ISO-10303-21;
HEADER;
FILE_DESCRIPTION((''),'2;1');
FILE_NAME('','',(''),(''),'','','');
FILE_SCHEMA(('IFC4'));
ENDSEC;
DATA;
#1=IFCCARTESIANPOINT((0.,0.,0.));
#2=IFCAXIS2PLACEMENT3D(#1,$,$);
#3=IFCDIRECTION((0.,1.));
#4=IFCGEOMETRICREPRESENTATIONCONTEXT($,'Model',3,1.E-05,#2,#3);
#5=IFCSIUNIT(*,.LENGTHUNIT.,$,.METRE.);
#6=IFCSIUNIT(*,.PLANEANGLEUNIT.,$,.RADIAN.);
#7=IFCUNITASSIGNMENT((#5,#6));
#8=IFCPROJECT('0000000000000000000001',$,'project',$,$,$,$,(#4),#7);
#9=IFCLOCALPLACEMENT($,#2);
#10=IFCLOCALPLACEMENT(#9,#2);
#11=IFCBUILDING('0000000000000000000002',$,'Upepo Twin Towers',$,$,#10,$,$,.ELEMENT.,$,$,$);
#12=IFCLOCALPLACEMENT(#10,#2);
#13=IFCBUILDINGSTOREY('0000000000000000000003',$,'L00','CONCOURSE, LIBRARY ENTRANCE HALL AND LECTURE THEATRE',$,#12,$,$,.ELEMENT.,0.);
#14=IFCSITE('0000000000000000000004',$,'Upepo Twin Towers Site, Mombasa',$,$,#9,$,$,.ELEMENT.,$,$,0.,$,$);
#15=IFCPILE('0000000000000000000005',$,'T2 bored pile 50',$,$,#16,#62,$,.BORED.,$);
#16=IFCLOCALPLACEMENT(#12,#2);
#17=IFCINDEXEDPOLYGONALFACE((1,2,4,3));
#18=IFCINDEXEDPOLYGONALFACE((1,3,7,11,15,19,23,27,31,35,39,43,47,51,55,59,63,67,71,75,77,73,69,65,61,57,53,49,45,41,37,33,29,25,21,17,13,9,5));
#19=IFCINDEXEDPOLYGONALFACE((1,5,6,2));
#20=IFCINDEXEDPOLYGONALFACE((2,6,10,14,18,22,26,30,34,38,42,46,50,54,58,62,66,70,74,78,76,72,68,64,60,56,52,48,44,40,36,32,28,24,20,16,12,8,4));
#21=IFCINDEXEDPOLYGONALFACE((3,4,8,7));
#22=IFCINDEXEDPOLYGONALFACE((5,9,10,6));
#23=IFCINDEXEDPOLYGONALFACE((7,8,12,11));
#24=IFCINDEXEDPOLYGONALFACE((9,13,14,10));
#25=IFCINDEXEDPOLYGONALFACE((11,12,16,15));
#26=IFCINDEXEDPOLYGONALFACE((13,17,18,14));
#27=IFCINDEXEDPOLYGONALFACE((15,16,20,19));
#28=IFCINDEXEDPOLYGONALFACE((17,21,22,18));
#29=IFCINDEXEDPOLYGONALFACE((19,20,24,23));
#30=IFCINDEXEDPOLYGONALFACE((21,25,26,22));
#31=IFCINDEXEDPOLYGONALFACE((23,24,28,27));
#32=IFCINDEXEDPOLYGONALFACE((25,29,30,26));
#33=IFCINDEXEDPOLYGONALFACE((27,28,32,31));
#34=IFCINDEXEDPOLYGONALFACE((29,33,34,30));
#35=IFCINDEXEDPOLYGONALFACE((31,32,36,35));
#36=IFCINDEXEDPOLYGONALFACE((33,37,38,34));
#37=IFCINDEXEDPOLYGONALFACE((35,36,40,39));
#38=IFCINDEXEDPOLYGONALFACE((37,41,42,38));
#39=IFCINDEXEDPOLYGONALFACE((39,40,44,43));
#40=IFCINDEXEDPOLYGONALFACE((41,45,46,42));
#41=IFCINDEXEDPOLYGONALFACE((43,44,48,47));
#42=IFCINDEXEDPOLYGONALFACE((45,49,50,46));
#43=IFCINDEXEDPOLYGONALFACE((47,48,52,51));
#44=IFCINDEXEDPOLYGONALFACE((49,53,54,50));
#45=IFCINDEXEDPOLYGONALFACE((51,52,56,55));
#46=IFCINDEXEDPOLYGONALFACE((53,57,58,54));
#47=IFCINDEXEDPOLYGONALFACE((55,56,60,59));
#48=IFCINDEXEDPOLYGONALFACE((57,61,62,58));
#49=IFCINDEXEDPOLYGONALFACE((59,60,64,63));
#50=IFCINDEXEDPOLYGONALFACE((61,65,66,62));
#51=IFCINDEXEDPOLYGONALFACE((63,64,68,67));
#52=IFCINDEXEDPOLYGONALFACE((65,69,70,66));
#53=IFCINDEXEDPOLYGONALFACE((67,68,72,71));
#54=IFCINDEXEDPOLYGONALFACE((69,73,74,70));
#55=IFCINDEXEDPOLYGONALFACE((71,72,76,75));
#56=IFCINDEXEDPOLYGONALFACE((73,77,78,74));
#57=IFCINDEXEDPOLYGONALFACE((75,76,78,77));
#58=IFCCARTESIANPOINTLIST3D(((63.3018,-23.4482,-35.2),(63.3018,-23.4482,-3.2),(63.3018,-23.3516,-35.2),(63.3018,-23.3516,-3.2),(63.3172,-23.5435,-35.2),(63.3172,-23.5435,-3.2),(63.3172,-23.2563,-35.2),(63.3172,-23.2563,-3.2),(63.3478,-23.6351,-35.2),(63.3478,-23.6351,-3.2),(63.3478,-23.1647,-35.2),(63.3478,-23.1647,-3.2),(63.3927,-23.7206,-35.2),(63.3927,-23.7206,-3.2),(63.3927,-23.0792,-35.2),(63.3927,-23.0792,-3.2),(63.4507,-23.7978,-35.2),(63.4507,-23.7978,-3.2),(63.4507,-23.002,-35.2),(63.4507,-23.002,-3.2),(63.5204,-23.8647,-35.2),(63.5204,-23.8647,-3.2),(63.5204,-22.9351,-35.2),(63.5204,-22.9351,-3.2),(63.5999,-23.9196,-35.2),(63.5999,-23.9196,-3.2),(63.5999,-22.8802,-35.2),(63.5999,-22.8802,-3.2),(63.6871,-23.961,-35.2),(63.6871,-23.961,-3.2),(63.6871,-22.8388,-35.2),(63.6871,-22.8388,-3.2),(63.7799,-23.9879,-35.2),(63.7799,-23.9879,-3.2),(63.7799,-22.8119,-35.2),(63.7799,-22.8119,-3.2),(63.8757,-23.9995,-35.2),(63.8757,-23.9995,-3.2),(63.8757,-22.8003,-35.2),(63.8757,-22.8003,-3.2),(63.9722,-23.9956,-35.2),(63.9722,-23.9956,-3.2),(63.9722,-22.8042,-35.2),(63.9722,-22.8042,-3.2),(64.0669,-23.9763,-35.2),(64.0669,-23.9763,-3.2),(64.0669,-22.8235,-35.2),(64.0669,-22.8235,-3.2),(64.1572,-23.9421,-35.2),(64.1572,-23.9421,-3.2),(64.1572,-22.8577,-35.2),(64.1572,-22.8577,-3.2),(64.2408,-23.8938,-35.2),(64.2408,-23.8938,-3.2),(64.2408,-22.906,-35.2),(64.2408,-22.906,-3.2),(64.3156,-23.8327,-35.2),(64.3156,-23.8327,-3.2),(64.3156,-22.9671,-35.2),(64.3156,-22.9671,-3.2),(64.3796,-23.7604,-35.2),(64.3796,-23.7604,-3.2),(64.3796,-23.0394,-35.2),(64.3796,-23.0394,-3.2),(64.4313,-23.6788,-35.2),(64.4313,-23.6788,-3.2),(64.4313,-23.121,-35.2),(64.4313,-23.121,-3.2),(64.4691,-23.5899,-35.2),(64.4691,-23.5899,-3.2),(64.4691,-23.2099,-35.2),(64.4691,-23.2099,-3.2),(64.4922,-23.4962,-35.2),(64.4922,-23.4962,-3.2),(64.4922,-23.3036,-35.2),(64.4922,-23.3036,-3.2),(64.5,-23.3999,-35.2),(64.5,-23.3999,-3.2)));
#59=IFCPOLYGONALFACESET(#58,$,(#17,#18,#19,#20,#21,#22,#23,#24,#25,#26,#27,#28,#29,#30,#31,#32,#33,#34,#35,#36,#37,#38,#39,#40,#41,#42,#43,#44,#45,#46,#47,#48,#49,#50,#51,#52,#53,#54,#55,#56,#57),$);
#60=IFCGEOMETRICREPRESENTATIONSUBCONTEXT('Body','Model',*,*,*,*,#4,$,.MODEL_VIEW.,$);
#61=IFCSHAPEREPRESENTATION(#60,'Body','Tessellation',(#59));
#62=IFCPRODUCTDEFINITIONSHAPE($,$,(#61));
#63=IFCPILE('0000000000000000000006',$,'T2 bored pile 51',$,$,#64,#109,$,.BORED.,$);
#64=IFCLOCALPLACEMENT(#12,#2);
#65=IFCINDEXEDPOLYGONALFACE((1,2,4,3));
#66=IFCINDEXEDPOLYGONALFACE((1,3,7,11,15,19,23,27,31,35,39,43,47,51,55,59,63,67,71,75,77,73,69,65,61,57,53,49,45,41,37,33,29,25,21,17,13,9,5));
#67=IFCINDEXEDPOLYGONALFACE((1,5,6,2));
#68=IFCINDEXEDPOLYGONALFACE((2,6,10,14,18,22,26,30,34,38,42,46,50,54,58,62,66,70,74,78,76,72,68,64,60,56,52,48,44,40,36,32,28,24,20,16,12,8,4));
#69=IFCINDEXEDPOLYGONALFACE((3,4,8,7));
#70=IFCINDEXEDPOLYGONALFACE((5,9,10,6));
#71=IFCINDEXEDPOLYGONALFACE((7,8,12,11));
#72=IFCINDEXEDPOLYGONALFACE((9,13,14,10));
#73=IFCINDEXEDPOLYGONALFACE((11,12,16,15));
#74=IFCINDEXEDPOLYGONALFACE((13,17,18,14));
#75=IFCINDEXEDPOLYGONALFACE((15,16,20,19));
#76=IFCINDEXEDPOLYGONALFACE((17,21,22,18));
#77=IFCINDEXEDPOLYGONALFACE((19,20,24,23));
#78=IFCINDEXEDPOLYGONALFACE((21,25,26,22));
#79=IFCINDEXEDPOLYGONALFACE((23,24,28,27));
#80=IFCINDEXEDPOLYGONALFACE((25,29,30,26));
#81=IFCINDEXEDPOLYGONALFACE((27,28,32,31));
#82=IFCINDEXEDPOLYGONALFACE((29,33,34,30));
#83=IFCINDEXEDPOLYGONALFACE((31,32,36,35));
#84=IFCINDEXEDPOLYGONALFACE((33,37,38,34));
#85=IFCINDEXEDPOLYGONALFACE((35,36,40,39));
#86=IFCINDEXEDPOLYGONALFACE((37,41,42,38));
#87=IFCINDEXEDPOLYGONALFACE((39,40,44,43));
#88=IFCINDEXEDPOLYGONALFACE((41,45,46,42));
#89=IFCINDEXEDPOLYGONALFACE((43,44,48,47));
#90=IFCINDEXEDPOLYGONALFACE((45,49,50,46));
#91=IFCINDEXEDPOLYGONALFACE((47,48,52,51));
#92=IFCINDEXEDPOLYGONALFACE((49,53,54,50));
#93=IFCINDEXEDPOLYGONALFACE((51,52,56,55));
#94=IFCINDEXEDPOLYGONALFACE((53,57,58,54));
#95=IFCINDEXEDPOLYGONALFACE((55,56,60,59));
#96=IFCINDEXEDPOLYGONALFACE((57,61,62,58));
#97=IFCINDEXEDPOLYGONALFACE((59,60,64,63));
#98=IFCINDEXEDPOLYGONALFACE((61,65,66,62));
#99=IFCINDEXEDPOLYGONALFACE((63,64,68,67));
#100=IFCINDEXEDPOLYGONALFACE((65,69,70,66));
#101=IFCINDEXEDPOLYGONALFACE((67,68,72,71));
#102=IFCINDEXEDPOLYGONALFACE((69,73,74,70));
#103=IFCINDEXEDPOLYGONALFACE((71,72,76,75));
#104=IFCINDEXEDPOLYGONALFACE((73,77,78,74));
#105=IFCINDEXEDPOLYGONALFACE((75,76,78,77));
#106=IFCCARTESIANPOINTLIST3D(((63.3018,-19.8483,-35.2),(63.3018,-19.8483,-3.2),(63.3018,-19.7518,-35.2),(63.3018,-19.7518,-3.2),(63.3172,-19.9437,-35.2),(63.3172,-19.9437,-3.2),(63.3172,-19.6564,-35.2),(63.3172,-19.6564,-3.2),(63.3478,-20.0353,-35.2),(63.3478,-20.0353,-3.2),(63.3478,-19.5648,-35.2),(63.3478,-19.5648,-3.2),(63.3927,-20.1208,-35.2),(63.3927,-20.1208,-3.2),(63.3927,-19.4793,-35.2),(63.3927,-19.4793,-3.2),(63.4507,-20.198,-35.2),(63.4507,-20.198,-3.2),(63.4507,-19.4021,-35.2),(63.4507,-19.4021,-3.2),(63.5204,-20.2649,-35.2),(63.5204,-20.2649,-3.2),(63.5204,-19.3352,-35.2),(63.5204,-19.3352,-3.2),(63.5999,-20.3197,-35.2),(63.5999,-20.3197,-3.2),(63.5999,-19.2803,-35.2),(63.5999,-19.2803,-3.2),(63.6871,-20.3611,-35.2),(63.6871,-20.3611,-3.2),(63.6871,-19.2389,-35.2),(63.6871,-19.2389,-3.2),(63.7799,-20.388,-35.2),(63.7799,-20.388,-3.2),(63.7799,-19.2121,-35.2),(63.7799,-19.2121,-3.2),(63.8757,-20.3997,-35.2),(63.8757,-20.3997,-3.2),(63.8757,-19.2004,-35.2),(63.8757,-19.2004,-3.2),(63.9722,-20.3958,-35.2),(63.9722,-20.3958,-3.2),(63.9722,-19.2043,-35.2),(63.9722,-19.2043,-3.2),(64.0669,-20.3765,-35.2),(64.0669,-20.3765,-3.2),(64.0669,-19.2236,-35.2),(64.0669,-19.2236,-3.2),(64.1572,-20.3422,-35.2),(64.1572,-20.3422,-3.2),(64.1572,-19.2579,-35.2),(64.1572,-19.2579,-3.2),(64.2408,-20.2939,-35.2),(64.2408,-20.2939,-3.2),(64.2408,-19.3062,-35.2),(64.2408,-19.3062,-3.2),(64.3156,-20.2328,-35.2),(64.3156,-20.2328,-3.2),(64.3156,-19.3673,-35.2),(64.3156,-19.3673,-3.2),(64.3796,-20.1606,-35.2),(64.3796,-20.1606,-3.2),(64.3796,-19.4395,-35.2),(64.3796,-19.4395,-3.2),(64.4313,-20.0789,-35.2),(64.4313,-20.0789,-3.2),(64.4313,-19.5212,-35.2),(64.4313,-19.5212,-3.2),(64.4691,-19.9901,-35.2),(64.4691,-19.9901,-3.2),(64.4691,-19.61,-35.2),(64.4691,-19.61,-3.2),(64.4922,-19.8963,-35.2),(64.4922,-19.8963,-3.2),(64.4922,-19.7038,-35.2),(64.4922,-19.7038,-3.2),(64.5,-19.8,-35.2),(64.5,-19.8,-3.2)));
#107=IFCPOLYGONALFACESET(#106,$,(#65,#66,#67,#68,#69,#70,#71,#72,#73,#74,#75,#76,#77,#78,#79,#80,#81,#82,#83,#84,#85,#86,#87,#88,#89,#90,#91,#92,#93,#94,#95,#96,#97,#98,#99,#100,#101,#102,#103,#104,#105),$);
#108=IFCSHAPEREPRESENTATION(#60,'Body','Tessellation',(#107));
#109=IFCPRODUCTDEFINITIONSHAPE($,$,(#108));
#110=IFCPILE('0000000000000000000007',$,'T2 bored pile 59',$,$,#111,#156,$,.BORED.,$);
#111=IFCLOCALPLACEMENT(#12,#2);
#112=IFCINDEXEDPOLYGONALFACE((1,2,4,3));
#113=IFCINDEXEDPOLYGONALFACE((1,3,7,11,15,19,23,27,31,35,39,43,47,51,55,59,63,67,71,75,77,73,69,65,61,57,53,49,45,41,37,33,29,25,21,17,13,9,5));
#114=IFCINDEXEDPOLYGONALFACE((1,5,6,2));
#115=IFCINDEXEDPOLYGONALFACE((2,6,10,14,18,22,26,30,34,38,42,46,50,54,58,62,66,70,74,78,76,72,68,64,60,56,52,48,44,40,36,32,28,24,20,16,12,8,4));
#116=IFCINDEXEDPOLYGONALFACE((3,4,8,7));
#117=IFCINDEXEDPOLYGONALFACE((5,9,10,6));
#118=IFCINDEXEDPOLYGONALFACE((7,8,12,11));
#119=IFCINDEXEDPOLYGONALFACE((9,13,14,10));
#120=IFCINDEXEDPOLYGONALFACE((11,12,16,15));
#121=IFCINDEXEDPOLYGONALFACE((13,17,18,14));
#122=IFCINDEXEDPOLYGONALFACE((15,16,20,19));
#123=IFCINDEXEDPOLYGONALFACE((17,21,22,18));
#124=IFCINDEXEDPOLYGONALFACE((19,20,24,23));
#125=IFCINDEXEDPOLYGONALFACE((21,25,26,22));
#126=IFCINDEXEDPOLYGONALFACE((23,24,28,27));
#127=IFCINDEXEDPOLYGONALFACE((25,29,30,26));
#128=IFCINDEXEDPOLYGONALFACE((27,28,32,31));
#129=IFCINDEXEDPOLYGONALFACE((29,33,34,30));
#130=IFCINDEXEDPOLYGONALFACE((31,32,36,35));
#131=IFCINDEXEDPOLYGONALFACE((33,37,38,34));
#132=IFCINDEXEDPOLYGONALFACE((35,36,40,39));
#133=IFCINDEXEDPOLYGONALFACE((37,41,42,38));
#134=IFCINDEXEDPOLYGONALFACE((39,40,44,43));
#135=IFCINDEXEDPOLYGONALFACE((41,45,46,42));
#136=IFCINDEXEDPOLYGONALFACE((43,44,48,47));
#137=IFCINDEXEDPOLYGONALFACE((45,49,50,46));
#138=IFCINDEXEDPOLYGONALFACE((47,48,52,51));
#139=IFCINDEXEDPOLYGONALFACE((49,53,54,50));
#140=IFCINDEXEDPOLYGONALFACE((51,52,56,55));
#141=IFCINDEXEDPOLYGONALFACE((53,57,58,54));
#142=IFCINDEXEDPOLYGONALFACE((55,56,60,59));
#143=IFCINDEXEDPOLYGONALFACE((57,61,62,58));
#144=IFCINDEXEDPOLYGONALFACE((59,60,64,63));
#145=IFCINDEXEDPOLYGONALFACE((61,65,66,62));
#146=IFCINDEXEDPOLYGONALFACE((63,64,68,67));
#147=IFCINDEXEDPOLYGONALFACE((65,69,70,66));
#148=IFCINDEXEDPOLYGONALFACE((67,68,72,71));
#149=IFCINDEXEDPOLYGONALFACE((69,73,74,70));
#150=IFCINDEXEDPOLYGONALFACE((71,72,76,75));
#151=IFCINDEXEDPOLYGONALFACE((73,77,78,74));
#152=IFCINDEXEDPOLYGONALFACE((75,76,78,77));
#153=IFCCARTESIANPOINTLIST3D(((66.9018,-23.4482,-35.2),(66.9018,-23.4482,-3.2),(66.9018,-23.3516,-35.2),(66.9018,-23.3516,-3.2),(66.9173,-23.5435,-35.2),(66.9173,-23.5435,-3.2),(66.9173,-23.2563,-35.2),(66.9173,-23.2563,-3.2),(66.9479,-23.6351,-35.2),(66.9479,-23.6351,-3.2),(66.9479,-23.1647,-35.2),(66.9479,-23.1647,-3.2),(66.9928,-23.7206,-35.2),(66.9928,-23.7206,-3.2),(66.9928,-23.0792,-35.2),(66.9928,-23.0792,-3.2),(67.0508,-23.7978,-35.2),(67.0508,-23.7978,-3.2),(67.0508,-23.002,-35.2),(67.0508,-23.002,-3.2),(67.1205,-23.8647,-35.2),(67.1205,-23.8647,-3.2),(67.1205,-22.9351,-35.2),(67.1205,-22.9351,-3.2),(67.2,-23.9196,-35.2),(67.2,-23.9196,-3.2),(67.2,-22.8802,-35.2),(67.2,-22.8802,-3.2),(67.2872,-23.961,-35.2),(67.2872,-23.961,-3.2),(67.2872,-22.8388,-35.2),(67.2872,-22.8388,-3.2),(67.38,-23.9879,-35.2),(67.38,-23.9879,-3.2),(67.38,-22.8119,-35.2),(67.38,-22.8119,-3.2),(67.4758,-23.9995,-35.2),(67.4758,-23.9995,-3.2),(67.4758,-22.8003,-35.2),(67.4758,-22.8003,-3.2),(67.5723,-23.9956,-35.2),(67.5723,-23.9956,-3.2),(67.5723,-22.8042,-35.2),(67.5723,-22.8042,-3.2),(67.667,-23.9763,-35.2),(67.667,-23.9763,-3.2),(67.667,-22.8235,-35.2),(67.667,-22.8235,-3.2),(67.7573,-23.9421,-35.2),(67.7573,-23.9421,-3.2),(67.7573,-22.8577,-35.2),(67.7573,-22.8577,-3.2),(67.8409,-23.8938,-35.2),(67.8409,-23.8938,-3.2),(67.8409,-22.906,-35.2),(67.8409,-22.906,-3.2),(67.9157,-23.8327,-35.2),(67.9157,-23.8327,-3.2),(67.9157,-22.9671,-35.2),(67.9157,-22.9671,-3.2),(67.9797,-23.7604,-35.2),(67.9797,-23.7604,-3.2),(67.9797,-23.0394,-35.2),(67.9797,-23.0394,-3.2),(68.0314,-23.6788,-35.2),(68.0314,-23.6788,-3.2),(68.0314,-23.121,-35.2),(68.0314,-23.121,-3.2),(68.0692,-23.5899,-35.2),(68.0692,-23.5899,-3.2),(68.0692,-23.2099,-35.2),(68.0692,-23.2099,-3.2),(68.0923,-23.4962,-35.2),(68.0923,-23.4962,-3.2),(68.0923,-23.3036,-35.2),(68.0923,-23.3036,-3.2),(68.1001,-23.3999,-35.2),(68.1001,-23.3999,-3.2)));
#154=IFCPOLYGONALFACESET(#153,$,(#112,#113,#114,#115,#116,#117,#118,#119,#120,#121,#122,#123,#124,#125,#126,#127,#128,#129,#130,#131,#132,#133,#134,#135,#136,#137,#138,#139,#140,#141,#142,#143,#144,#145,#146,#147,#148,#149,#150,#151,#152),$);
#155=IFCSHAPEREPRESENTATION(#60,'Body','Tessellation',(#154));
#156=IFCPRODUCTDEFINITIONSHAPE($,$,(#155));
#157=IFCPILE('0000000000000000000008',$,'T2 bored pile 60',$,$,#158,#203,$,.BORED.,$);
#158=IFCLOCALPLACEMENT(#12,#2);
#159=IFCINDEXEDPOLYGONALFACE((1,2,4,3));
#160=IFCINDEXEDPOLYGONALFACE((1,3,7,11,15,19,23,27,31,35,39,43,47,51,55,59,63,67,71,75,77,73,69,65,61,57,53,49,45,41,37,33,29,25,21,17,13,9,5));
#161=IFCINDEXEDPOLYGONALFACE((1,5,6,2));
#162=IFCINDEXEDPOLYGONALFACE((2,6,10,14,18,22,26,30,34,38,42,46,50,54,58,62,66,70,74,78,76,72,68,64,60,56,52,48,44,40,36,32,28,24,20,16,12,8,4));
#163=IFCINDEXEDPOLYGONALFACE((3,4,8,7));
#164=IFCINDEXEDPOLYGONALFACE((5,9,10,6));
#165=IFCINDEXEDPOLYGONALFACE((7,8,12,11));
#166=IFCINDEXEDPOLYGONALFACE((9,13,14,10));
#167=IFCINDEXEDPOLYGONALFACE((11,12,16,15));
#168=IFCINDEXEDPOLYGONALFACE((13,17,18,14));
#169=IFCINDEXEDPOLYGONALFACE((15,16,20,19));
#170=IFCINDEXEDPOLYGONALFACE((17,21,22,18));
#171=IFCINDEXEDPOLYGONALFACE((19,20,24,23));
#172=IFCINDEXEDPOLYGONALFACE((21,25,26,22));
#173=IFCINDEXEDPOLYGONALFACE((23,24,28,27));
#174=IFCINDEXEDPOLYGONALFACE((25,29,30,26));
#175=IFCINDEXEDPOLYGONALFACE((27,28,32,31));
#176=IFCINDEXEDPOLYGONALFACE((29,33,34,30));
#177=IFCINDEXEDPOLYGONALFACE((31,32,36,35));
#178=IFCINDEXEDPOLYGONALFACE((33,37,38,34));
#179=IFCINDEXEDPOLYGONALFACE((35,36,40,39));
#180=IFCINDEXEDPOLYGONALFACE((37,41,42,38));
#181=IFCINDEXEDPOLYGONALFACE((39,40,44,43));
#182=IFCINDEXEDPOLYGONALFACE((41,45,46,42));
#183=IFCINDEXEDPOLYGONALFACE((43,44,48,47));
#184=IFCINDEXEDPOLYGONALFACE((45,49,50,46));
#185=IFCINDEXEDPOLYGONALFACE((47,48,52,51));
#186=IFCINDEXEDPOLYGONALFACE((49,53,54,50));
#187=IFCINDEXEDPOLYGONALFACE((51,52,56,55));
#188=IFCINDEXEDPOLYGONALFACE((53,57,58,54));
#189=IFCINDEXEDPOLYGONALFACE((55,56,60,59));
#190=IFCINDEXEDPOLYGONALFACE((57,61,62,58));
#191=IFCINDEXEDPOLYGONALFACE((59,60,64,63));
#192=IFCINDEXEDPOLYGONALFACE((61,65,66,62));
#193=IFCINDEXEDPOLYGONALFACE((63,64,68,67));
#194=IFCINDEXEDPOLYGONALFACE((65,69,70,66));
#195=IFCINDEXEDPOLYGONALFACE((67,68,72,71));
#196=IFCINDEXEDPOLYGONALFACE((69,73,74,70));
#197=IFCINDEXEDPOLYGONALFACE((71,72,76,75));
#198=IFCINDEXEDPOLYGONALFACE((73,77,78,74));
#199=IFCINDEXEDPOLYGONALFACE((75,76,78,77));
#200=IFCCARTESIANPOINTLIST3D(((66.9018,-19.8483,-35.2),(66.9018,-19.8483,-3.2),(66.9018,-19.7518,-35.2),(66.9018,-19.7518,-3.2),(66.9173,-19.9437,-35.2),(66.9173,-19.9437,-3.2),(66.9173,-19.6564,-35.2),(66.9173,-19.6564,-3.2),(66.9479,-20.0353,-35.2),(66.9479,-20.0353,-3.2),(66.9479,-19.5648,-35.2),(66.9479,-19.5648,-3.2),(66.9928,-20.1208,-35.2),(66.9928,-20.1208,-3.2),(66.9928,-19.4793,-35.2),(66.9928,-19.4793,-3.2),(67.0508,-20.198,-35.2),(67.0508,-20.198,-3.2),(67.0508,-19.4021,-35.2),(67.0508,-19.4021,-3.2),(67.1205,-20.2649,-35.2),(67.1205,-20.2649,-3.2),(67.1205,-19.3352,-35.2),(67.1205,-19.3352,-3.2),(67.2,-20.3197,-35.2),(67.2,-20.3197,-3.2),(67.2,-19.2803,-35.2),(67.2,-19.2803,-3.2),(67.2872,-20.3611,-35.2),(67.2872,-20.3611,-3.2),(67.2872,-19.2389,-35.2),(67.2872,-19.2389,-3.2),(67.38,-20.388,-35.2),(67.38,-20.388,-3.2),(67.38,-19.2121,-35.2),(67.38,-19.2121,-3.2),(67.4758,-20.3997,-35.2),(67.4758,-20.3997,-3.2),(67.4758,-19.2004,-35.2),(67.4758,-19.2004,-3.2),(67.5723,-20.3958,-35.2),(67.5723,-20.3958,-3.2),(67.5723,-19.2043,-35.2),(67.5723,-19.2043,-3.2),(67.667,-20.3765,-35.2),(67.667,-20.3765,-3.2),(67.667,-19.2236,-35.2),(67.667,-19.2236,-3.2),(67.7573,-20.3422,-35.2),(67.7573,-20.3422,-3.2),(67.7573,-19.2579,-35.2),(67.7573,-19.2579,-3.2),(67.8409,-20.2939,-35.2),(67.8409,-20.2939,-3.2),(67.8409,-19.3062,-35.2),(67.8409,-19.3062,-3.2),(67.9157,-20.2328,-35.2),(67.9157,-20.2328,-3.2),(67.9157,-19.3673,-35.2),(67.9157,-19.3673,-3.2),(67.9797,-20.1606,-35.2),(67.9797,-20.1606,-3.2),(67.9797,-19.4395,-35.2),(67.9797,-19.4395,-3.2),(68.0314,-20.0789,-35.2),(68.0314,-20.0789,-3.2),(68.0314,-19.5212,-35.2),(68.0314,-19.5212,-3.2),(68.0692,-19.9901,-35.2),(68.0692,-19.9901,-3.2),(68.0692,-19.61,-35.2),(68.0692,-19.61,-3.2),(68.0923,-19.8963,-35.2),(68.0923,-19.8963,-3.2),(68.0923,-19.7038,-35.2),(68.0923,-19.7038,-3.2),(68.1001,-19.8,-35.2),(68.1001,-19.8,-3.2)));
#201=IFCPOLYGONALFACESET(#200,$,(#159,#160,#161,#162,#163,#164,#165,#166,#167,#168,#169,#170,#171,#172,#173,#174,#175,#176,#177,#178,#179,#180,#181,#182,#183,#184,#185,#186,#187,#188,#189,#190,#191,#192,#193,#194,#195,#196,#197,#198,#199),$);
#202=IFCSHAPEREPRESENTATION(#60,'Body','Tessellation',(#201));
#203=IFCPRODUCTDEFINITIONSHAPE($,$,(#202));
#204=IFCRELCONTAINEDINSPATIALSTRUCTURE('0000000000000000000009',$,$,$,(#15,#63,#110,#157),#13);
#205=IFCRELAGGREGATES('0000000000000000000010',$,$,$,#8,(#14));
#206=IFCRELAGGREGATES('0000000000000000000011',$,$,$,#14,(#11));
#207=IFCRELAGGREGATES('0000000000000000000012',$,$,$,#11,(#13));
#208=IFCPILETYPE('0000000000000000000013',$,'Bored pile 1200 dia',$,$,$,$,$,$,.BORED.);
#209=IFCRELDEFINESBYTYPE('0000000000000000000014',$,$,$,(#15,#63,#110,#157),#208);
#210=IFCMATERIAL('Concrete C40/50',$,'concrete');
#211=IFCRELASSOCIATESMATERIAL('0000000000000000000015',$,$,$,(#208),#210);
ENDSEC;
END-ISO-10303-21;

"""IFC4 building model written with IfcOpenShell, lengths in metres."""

from ifc_helpers import new_model, si_unit, direction, frame, origin, origin_2d, place, context, subcontext, project, spatial, circle, extrude, material, type_object, element, save


model = new_model("IFC4")

# Units and contexts
model_context = context("Model", 3, precision=1e-05, world=origin(), true_north=direction((0.0, 1.0)))
body_context = subcontext(model_context, "Body", "Model", "MODEL_VIEW")
ifc_project = project(units=[si_unit("LENGTHUNIT", "METRE"), si_unit("PLANEANGLEUNIT", "RADIAN")], contexts=[model_context])

# Site, building, storey
site_placement = place(None, origin())
site = spatial("IfcSite", under=ifc_project, at=site_placement, Name="Upepo Twin Towers Site, Mombasa", CompositionType="ELEMENT", RefElevation=0.0)
building_placement = place(site_placement, origin())
building = spatial("IfcBuilding", under=site, at=building_placement, Name="Upepo Twin Towers", CompositionType="ELEMENT")
storey_placement = place(building_placement, origin())
storey = spatial("IfcBuildingStorey", under=building, at=storey_placement, Name="L00", Description="CONCOURSE, LIBRARY ENTRANCE HALL AND LECTURE THEATRE", CompositionType="ELEMENT", Elevation=0.0)

# Piles
ifc_material_1 = material(Name="Concrete C40/50", Category="concrete")
pile_type = type_object("IfcPileType", Name="Bored pile 1200 dia", PredefinedType="BORED", material=ifc_material_1)
for number, where, z_axis, x_axis, name in (
    (1, (63.8999, -23.3999, -3.2), (0.0, 0.0, -1.0), (1.0, 0.0, 0.0), "T2 bored pile 50"),
    (2, (63.8999, -19.8, -3.2), (0.0, 0.0, -1.0), (1.0, 0.0, 0.0), "T2 bored pile 51"),
    (3, (67.5, -23.3999, -3.2), (0.0, 0.0, -1.0), (1.0, 0.0, 0.0), "T2 bored pile 59"),
    (4, (67.5, -19.8, -3.2), (0.0, 0.0, -1.0), (1.0, 0.0, 0.0), "T2 bored pile 60"),
):
    element("IfcPile", number, at=place(storey_placement, frame(where, z_axis=z_axis, x_axis=x_axis)), inside=storey, type_object=pile_type, Name=name, PredefinedType="BORED", context=body_context, shape_type="SweptSolid", body=[
        extrude(circle(Radius=0.6001, at=origin_2d()), origin(), (0.0, 0.0, 1.0), 32.0),
    ])

save(model, "model.ifc")
